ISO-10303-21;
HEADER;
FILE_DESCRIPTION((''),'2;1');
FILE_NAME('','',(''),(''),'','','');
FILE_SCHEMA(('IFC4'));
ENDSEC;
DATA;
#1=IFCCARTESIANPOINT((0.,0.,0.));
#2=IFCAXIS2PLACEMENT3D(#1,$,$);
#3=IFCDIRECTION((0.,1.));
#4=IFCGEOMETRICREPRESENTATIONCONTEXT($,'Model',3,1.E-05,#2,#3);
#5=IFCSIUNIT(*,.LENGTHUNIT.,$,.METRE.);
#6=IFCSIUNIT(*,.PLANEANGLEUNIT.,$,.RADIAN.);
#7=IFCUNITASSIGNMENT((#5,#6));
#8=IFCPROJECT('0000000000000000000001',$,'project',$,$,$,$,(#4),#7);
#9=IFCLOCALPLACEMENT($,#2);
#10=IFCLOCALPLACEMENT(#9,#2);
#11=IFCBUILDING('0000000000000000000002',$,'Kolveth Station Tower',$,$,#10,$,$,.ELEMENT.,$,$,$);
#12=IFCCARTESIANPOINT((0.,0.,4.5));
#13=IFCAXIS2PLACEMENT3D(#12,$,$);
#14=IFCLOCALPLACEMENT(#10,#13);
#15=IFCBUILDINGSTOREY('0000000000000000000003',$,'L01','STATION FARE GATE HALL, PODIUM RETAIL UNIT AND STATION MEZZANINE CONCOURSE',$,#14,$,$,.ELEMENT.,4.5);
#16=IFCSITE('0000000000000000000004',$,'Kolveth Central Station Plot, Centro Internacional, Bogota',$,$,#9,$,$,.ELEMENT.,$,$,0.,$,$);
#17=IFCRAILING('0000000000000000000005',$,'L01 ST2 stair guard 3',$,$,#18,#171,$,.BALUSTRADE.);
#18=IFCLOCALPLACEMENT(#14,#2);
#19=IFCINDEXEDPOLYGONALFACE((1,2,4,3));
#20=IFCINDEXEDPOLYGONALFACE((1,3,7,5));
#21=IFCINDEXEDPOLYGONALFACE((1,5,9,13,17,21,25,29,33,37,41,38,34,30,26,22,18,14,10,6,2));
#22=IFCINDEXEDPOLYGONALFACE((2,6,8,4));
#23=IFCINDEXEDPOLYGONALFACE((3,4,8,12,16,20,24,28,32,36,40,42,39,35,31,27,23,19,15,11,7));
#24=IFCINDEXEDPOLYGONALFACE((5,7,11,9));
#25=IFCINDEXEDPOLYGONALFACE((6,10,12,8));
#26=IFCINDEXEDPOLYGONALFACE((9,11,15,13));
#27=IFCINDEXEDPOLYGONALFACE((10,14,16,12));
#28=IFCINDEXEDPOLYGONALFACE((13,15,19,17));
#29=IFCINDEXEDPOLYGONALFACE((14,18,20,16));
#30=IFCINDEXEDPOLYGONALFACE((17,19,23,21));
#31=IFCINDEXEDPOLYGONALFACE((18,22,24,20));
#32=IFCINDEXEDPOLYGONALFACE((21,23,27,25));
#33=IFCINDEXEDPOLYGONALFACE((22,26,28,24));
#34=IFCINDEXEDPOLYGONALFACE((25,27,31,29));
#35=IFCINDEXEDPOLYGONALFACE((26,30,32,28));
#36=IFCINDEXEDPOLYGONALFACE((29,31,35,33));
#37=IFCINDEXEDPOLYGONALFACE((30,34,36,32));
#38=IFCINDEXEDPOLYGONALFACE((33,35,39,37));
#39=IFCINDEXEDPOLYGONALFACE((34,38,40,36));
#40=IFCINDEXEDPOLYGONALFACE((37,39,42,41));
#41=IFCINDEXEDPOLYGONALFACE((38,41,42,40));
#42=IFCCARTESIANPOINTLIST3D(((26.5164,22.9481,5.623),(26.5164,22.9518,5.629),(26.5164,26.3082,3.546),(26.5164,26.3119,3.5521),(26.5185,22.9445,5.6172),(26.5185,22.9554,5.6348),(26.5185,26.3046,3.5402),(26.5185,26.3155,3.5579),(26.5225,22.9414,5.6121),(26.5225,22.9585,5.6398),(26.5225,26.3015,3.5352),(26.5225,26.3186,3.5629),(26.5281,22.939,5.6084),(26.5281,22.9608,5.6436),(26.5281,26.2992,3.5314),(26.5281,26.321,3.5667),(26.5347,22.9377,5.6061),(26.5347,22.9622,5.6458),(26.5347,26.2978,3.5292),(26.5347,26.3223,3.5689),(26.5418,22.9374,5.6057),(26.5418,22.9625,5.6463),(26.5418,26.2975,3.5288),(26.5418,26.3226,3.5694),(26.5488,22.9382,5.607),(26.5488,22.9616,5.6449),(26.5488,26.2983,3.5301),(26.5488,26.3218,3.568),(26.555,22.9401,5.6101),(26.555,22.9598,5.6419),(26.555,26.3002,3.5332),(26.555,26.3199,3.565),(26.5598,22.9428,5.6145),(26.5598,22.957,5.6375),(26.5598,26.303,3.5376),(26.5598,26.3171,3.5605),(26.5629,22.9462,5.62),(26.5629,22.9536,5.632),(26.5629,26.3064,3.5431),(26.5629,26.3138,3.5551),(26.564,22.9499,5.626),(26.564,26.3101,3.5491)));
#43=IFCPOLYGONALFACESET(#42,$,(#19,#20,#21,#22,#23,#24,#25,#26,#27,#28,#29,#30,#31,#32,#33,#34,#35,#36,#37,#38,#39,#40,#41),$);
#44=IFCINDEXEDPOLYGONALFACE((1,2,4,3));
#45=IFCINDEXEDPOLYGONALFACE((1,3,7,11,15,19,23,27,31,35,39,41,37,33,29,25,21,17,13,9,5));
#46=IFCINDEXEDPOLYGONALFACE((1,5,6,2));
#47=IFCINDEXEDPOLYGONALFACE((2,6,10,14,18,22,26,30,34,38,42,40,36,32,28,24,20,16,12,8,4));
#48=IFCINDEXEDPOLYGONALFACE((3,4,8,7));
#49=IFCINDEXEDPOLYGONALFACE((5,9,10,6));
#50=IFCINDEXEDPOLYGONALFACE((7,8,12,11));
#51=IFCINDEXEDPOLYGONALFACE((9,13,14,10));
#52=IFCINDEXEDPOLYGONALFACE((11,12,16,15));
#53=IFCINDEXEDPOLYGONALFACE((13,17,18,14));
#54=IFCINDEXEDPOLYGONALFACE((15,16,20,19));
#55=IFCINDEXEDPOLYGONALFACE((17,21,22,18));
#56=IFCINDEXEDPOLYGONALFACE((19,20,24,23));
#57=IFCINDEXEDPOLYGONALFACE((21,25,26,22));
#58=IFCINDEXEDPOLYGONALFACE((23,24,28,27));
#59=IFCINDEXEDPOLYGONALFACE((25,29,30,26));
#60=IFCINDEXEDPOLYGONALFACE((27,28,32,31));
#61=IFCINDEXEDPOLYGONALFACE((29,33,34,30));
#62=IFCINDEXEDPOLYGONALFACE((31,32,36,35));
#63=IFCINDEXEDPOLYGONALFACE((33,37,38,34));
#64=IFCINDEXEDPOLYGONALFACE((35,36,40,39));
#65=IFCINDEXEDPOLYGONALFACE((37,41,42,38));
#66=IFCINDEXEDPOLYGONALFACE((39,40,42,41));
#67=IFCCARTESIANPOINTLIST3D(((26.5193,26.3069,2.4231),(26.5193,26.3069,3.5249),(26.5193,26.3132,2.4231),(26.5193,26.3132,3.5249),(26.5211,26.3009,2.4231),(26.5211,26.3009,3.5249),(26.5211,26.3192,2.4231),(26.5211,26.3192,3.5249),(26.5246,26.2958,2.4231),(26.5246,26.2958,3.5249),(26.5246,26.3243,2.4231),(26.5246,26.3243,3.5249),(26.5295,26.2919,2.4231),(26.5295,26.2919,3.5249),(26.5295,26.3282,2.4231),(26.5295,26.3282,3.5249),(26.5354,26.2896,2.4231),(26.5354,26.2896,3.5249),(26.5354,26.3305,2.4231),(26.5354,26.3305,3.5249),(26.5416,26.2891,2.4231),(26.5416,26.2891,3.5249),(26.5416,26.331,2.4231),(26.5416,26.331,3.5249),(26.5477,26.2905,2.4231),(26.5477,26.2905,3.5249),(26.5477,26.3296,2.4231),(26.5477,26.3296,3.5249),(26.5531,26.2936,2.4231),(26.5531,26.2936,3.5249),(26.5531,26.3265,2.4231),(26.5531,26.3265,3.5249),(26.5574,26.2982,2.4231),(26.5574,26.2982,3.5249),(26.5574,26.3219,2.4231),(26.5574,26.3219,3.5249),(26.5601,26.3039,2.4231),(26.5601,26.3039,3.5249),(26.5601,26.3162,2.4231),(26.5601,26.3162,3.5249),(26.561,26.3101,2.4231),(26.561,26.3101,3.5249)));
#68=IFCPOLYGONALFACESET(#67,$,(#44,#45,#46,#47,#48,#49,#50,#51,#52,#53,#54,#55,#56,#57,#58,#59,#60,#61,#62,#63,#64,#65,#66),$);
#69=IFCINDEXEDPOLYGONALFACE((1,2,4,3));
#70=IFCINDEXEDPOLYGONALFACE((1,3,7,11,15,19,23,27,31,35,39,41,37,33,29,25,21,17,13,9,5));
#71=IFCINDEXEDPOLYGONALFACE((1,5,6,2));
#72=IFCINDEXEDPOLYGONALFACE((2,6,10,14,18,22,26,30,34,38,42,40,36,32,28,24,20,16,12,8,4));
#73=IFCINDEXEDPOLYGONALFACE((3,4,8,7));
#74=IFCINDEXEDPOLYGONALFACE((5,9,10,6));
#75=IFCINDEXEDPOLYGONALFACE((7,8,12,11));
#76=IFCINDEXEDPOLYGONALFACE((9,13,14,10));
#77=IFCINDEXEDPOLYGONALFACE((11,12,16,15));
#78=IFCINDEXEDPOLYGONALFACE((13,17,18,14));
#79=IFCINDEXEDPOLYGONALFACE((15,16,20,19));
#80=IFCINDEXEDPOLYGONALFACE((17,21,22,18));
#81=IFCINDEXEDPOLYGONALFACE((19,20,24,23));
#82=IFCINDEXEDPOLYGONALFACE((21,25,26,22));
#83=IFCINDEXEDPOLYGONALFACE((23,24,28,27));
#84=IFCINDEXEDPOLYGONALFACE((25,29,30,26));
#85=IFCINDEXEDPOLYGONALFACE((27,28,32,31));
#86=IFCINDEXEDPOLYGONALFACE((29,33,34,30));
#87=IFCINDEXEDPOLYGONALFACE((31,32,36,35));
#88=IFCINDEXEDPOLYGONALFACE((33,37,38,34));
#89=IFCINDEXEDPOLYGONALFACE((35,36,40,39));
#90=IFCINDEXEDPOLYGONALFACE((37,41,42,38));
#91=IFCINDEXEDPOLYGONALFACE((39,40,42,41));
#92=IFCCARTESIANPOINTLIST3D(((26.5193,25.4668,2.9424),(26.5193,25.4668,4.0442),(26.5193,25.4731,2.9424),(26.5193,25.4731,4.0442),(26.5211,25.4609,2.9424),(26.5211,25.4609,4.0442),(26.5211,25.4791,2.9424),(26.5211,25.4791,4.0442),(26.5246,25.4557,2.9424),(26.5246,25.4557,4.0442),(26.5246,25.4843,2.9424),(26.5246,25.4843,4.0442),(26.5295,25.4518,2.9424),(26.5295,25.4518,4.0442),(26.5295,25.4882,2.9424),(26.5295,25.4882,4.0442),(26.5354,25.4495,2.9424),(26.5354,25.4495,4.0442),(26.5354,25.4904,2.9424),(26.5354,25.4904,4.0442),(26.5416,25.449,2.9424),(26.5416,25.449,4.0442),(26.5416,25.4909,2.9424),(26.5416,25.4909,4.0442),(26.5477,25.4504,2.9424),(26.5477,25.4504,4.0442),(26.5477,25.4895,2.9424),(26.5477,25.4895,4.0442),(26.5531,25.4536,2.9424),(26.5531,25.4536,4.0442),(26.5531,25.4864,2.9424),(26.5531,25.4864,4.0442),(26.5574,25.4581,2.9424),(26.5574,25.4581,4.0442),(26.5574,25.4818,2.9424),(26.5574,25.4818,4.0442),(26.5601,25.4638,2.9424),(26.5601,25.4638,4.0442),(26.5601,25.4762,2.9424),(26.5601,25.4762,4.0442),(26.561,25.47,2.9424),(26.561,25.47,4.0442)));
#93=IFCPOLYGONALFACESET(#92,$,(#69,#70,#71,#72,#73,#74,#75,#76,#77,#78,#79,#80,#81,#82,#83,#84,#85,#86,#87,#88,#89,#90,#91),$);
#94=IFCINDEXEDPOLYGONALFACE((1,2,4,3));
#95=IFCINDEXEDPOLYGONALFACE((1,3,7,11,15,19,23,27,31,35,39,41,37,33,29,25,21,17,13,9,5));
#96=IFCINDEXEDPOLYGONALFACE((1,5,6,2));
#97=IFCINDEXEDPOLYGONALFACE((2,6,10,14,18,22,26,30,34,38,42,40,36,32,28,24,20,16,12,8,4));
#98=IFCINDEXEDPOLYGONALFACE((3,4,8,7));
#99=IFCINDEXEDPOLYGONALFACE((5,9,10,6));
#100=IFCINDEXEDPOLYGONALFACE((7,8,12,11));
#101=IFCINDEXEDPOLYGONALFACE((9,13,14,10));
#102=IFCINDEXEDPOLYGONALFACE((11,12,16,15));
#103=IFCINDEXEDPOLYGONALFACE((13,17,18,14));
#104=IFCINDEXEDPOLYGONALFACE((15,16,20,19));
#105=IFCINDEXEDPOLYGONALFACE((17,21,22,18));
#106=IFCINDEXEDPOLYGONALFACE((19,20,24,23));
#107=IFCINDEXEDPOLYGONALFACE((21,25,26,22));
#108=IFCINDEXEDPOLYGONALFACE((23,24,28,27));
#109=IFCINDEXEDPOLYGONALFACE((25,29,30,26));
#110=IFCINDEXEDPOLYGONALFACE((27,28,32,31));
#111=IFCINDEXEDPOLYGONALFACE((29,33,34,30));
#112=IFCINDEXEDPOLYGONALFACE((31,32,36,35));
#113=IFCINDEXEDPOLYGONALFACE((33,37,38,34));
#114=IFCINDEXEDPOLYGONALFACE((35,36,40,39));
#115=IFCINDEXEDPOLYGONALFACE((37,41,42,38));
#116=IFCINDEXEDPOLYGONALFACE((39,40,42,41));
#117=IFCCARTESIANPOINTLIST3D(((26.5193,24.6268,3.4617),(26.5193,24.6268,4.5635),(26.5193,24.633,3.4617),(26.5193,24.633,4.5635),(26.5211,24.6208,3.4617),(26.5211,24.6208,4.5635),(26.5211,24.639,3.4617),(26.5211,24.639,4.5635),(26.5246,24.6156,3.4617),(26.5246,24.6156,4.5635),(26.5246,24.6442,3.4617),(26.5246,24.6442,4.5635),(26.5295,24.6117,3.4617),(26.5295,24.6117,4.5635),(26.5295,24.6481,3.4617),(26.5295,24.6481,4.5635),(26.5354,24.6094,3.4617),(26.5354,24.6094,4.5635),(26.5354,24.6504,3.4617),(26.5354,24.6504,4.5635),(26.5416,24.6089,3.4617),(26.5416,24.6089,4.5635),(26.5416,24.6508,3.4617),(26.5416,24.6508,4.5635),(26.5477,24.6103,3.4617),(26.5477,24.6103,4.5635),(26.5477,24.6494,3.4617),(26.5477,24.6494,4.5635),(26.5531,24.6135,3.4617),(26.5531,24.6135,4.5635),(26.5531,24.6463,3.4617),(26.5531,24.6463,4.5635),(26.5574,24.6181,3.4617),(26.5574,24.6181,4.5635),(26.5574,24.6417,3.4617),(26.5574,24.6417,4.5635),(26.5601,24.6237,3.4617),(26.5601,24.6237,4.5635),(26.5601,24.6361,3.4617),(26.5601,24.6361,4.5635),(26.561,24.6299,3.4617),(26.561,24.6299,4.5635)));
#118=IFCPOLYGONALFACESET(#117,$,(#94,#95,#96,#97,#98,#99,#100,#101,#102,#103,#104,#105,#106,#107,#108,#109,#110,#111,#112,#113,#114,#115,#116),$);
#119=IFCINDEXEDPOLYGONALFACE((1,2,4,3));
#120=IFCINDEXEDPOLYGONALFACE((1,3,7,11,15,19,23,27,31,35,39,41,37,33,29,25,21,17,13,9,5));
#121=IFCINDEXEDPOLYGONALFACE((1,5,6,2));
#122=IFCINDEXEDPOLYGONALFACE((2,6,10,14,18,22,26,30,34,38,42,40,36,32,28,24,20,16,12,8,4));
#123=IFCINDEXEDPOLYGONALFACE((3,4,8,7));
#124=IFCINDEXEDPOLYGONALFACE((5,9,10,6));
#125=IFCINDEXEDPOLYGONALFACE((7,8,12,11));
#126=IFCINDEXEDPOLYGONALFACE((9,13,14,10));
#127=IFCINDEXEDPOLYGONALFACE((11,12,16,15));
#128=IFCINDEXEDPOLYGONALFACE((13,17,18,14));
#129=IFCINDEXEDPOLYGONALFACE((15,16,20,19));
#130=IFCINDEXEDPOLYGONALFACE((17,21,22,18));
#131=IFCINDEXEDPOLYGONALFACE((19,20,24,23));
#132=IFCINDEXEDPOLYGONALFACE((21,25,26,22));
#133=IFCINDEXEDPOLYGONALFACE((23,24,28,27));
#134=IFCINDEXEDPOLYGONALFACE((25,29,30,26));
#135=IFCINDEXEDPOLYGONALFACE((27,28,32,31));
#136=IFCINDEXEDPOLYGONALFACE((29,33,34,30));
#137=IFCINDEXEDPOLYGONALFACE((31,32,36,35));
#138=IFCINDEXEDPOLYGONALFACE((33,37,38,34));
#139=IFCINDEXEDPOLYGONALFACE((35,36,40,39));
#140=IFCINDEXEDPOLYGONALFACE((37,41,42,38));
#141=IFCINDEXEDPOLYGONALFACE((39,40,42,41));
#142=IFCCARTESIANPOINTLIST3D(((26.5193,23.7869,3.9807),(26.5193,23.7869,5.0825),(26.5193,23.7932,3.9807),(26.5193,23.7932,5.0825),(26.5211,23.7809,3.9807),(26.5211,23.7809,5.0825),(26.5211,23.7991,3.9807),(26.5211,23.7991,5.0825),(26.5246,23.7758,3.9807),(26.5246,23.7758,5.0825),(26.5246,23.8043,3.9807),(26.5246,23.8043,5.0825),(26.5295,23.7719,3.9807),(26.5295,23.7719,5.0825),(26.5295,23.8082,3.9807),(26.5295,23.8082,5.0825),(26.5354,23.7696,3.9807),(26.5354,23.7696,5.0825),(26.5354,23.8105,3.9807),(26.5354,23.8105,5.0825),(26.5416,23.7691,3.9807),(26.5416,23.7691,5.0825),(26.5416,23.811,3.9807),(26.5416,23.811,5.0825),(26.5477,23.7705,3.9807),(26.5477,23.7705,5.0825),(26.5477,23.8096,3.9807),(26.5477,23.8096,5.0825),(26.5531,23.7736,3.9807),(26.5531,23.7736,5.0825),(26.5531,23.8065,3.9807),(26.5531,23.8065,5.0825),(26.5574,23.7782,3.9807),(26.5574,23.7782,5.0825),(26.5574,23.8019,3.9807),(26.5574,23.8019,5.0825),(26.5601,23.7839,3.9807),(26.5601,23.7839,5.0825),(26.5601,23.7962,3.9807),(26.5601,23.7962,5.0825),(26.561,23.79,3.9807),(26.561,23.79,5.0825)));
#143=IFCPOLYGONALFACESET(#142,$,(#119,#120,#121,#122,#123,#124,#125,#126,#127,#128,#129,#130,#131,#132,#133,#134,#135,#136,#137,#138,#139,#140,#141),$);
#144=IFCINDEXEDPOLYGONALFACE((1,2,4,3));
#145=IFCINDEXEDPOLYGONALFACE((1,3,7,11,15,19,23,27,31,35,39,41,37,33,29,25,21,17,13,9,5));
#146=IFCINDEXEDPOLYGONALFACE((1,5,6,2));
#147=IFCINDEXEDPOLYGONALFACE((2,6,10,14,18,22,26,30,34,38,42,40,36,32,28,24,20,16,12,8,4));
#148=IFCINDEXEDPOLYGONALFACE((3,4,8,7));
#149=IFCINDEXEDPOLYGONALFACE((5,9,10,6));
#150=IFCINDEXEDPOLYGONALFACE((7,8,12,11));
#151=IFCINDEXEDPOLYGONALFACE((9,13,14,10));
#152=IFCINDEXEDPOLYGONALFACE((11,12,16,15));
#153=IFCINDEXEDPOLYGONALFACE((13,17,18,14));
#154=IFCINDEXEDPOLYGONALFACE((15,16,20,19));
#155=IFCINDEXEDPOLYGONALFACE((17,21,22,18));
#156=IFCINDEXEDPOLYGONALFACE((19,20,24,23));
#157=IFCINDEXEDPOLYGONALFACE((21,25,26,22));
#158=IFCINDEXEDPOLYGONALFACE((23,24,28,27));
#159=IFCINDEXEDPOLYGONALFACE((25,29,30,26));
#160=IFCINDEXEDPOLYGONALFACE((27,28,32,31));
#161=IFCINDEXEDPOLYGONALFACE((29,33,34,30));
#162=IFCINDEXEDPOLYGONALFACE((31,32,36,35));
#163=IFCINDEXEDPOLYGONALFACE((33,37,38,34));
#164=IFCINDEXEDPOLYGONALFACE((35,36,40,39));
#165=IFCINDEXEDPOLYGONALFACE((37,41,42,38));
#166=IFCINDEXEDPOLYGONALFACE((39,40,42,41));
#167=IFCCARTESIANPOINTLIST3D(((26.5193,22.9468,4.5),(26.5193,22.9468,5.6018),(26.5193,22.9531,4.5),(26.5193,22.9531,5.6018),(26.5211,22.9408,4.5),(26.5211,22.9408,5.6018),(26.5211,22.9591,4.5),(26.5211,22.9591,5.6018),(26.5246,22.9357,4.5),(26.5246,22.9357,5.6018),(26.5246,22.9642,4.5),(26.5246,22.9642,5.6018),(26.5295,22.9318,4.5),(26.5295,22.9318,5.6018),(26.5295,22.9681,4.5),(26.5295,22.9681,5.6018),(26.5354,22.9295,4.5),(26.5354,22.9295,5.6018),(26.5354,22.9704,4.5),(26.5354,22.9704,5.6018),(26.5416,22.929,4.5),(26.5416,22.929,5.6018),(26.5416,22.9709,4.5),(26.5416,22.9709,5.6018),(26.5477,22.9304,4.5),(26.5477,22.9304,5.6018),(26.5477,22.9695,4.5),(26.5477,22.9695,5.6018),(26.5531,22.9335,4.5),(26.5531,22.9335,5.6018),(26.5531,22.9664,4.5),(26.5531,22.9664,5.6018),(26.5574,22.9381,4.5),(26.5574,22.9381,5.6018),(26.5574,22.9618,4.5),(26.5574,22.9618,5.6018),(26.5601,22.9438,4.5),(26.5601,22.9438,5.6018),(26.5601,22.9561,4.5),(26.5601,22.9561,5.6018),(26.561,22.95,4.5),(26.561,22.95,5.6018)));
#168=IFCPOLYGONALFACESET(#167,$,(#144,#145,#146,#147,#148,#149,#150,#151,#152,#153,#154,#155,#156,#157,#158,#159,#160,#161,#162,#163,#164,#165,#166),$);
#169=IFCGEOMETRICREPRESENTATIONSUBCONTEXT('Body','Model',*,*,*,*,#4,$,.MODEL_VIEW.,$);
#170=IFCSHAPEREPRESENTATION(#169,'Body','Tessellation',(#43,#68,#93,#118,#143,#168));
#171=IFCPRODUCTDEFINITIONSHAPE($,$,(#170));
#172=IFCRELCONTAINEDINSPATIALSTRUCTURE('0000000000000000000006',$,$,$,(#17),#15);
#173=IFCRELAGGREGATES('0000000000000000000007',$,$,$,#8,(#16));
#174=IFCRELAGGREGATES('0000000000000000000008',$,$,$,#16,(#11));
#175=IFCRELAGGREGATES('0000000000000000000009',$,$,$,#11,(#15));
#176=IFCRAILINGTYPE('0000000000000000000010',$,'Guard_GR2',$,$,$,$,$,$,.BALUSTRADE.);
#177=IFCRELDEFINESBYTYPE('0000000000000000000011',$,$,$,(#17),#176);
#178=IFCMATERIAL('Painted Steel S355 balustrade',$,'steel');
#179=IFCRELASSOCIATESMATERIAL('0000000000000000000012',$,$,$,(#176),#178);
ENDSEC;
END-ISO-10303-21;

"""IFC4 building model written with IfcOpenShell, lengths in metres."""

from ifc_helpers import new_model, si_unit, direction, frame, origin, origin_2d, place, context, subcontext, project, spatial, circle, extrude, material, type_object, element, save


model = new_model("IFC4")

# Units and contexts
model_context = context("Model", 3, precision=1e-05, world=origin(), true_north=direction((0.0, 1.0)))
body_context = subcontext(model_context, "Body", "Model", "MODEL_VIEW")
ifc_project = project(units=[si_unit("LENGTHUNIT", "METRE"), si_unit("PLANEANGLEUNIT", "RADIAN")], contexts=[model_context])

# Site, building, storey
site_placement = place(None, origin())
site = spatial("IfcSite", under=ifc_project, at=site_placement, Name="Kolveth Central Station Plot, Centro Internacional, Bogota", CompositionType="ELEMENT", RefElevation=0.0)
building_placement = place(site_placement, origin())
building = spatial("IfcBuilding", under=site, at=building_placement, Name="Kolveth Station Tower", CompositionType="ELEMENT")
storey_placement = place(building_placement, frame((0.0, 0.0, 4.5)))
storey = spatial("IfcBuildingStorey", under=building, at=storey_placement, Name="L01", Description="STATION FARE GATE HALL, PODIUM RETAIL UNIT AND STATION MEZZANINE CONCOURSE", CompositionType="ELEMENT", Elevation=4.5)

# Railing
ifc_material_1 = material(Name="Painted Steel S355 balustrade", Category="steel")
railing_type_1 = type_object("IfcRailingType", Name="Guard_GR2", PredefinedType="BALUSTRADE", material=ifc_material_1)
railing_1_placement = place(storey_placement, frame((26.54, 26.3101, 2.4231)))
element("IfcRailing", 1, at=railing_1_placement, inside=storey, type_object=railing_type_1, Name="L01 ST2 stair guard 3", PredefinedType="BALUSTRADE", context=body_context, shape_type="SweptSolid", body=[
    extrude(circle(Radius=0.0239, at=origin_2d()), frame((0.0, 0.0, 1.126), z_axis=(0.0, -0.850623, 0.525776), x_axis=(1.0, 0.0, 0.0)), (0.0, 0.0, 1.0), 3.9502),
    extrude(circle(Radius=0.021, at=origin_2d()), origin(), (0.0, 0.0, 1.0), 1.1018),
    extrude(circle(Radius=0.021, at=origin_2d()), frame((0.0, -0.8401, 0.5193)), (0.0, 0.0, 1.0), 1.1018),
    extrude(circle(Radius=0.021, at=origin_2d()), frame((0.0, -1.6802, 1.0386)), (0.0, 0.0, 1.0), 1.1018),
    extrude(circle(Radius=0.021, at=origin_2d()), frame((0.0, -2.52, 1.5576)), (0.0, 0.0, 1.0), 1.1018),
    extrude(circle(Radius=0.021, at=origin_2d()), frame((0.0, -3.3601, 2.0769)), (0.0, 0.0, 1.0), 1.1018),
])

save(model, "model.ifc")
